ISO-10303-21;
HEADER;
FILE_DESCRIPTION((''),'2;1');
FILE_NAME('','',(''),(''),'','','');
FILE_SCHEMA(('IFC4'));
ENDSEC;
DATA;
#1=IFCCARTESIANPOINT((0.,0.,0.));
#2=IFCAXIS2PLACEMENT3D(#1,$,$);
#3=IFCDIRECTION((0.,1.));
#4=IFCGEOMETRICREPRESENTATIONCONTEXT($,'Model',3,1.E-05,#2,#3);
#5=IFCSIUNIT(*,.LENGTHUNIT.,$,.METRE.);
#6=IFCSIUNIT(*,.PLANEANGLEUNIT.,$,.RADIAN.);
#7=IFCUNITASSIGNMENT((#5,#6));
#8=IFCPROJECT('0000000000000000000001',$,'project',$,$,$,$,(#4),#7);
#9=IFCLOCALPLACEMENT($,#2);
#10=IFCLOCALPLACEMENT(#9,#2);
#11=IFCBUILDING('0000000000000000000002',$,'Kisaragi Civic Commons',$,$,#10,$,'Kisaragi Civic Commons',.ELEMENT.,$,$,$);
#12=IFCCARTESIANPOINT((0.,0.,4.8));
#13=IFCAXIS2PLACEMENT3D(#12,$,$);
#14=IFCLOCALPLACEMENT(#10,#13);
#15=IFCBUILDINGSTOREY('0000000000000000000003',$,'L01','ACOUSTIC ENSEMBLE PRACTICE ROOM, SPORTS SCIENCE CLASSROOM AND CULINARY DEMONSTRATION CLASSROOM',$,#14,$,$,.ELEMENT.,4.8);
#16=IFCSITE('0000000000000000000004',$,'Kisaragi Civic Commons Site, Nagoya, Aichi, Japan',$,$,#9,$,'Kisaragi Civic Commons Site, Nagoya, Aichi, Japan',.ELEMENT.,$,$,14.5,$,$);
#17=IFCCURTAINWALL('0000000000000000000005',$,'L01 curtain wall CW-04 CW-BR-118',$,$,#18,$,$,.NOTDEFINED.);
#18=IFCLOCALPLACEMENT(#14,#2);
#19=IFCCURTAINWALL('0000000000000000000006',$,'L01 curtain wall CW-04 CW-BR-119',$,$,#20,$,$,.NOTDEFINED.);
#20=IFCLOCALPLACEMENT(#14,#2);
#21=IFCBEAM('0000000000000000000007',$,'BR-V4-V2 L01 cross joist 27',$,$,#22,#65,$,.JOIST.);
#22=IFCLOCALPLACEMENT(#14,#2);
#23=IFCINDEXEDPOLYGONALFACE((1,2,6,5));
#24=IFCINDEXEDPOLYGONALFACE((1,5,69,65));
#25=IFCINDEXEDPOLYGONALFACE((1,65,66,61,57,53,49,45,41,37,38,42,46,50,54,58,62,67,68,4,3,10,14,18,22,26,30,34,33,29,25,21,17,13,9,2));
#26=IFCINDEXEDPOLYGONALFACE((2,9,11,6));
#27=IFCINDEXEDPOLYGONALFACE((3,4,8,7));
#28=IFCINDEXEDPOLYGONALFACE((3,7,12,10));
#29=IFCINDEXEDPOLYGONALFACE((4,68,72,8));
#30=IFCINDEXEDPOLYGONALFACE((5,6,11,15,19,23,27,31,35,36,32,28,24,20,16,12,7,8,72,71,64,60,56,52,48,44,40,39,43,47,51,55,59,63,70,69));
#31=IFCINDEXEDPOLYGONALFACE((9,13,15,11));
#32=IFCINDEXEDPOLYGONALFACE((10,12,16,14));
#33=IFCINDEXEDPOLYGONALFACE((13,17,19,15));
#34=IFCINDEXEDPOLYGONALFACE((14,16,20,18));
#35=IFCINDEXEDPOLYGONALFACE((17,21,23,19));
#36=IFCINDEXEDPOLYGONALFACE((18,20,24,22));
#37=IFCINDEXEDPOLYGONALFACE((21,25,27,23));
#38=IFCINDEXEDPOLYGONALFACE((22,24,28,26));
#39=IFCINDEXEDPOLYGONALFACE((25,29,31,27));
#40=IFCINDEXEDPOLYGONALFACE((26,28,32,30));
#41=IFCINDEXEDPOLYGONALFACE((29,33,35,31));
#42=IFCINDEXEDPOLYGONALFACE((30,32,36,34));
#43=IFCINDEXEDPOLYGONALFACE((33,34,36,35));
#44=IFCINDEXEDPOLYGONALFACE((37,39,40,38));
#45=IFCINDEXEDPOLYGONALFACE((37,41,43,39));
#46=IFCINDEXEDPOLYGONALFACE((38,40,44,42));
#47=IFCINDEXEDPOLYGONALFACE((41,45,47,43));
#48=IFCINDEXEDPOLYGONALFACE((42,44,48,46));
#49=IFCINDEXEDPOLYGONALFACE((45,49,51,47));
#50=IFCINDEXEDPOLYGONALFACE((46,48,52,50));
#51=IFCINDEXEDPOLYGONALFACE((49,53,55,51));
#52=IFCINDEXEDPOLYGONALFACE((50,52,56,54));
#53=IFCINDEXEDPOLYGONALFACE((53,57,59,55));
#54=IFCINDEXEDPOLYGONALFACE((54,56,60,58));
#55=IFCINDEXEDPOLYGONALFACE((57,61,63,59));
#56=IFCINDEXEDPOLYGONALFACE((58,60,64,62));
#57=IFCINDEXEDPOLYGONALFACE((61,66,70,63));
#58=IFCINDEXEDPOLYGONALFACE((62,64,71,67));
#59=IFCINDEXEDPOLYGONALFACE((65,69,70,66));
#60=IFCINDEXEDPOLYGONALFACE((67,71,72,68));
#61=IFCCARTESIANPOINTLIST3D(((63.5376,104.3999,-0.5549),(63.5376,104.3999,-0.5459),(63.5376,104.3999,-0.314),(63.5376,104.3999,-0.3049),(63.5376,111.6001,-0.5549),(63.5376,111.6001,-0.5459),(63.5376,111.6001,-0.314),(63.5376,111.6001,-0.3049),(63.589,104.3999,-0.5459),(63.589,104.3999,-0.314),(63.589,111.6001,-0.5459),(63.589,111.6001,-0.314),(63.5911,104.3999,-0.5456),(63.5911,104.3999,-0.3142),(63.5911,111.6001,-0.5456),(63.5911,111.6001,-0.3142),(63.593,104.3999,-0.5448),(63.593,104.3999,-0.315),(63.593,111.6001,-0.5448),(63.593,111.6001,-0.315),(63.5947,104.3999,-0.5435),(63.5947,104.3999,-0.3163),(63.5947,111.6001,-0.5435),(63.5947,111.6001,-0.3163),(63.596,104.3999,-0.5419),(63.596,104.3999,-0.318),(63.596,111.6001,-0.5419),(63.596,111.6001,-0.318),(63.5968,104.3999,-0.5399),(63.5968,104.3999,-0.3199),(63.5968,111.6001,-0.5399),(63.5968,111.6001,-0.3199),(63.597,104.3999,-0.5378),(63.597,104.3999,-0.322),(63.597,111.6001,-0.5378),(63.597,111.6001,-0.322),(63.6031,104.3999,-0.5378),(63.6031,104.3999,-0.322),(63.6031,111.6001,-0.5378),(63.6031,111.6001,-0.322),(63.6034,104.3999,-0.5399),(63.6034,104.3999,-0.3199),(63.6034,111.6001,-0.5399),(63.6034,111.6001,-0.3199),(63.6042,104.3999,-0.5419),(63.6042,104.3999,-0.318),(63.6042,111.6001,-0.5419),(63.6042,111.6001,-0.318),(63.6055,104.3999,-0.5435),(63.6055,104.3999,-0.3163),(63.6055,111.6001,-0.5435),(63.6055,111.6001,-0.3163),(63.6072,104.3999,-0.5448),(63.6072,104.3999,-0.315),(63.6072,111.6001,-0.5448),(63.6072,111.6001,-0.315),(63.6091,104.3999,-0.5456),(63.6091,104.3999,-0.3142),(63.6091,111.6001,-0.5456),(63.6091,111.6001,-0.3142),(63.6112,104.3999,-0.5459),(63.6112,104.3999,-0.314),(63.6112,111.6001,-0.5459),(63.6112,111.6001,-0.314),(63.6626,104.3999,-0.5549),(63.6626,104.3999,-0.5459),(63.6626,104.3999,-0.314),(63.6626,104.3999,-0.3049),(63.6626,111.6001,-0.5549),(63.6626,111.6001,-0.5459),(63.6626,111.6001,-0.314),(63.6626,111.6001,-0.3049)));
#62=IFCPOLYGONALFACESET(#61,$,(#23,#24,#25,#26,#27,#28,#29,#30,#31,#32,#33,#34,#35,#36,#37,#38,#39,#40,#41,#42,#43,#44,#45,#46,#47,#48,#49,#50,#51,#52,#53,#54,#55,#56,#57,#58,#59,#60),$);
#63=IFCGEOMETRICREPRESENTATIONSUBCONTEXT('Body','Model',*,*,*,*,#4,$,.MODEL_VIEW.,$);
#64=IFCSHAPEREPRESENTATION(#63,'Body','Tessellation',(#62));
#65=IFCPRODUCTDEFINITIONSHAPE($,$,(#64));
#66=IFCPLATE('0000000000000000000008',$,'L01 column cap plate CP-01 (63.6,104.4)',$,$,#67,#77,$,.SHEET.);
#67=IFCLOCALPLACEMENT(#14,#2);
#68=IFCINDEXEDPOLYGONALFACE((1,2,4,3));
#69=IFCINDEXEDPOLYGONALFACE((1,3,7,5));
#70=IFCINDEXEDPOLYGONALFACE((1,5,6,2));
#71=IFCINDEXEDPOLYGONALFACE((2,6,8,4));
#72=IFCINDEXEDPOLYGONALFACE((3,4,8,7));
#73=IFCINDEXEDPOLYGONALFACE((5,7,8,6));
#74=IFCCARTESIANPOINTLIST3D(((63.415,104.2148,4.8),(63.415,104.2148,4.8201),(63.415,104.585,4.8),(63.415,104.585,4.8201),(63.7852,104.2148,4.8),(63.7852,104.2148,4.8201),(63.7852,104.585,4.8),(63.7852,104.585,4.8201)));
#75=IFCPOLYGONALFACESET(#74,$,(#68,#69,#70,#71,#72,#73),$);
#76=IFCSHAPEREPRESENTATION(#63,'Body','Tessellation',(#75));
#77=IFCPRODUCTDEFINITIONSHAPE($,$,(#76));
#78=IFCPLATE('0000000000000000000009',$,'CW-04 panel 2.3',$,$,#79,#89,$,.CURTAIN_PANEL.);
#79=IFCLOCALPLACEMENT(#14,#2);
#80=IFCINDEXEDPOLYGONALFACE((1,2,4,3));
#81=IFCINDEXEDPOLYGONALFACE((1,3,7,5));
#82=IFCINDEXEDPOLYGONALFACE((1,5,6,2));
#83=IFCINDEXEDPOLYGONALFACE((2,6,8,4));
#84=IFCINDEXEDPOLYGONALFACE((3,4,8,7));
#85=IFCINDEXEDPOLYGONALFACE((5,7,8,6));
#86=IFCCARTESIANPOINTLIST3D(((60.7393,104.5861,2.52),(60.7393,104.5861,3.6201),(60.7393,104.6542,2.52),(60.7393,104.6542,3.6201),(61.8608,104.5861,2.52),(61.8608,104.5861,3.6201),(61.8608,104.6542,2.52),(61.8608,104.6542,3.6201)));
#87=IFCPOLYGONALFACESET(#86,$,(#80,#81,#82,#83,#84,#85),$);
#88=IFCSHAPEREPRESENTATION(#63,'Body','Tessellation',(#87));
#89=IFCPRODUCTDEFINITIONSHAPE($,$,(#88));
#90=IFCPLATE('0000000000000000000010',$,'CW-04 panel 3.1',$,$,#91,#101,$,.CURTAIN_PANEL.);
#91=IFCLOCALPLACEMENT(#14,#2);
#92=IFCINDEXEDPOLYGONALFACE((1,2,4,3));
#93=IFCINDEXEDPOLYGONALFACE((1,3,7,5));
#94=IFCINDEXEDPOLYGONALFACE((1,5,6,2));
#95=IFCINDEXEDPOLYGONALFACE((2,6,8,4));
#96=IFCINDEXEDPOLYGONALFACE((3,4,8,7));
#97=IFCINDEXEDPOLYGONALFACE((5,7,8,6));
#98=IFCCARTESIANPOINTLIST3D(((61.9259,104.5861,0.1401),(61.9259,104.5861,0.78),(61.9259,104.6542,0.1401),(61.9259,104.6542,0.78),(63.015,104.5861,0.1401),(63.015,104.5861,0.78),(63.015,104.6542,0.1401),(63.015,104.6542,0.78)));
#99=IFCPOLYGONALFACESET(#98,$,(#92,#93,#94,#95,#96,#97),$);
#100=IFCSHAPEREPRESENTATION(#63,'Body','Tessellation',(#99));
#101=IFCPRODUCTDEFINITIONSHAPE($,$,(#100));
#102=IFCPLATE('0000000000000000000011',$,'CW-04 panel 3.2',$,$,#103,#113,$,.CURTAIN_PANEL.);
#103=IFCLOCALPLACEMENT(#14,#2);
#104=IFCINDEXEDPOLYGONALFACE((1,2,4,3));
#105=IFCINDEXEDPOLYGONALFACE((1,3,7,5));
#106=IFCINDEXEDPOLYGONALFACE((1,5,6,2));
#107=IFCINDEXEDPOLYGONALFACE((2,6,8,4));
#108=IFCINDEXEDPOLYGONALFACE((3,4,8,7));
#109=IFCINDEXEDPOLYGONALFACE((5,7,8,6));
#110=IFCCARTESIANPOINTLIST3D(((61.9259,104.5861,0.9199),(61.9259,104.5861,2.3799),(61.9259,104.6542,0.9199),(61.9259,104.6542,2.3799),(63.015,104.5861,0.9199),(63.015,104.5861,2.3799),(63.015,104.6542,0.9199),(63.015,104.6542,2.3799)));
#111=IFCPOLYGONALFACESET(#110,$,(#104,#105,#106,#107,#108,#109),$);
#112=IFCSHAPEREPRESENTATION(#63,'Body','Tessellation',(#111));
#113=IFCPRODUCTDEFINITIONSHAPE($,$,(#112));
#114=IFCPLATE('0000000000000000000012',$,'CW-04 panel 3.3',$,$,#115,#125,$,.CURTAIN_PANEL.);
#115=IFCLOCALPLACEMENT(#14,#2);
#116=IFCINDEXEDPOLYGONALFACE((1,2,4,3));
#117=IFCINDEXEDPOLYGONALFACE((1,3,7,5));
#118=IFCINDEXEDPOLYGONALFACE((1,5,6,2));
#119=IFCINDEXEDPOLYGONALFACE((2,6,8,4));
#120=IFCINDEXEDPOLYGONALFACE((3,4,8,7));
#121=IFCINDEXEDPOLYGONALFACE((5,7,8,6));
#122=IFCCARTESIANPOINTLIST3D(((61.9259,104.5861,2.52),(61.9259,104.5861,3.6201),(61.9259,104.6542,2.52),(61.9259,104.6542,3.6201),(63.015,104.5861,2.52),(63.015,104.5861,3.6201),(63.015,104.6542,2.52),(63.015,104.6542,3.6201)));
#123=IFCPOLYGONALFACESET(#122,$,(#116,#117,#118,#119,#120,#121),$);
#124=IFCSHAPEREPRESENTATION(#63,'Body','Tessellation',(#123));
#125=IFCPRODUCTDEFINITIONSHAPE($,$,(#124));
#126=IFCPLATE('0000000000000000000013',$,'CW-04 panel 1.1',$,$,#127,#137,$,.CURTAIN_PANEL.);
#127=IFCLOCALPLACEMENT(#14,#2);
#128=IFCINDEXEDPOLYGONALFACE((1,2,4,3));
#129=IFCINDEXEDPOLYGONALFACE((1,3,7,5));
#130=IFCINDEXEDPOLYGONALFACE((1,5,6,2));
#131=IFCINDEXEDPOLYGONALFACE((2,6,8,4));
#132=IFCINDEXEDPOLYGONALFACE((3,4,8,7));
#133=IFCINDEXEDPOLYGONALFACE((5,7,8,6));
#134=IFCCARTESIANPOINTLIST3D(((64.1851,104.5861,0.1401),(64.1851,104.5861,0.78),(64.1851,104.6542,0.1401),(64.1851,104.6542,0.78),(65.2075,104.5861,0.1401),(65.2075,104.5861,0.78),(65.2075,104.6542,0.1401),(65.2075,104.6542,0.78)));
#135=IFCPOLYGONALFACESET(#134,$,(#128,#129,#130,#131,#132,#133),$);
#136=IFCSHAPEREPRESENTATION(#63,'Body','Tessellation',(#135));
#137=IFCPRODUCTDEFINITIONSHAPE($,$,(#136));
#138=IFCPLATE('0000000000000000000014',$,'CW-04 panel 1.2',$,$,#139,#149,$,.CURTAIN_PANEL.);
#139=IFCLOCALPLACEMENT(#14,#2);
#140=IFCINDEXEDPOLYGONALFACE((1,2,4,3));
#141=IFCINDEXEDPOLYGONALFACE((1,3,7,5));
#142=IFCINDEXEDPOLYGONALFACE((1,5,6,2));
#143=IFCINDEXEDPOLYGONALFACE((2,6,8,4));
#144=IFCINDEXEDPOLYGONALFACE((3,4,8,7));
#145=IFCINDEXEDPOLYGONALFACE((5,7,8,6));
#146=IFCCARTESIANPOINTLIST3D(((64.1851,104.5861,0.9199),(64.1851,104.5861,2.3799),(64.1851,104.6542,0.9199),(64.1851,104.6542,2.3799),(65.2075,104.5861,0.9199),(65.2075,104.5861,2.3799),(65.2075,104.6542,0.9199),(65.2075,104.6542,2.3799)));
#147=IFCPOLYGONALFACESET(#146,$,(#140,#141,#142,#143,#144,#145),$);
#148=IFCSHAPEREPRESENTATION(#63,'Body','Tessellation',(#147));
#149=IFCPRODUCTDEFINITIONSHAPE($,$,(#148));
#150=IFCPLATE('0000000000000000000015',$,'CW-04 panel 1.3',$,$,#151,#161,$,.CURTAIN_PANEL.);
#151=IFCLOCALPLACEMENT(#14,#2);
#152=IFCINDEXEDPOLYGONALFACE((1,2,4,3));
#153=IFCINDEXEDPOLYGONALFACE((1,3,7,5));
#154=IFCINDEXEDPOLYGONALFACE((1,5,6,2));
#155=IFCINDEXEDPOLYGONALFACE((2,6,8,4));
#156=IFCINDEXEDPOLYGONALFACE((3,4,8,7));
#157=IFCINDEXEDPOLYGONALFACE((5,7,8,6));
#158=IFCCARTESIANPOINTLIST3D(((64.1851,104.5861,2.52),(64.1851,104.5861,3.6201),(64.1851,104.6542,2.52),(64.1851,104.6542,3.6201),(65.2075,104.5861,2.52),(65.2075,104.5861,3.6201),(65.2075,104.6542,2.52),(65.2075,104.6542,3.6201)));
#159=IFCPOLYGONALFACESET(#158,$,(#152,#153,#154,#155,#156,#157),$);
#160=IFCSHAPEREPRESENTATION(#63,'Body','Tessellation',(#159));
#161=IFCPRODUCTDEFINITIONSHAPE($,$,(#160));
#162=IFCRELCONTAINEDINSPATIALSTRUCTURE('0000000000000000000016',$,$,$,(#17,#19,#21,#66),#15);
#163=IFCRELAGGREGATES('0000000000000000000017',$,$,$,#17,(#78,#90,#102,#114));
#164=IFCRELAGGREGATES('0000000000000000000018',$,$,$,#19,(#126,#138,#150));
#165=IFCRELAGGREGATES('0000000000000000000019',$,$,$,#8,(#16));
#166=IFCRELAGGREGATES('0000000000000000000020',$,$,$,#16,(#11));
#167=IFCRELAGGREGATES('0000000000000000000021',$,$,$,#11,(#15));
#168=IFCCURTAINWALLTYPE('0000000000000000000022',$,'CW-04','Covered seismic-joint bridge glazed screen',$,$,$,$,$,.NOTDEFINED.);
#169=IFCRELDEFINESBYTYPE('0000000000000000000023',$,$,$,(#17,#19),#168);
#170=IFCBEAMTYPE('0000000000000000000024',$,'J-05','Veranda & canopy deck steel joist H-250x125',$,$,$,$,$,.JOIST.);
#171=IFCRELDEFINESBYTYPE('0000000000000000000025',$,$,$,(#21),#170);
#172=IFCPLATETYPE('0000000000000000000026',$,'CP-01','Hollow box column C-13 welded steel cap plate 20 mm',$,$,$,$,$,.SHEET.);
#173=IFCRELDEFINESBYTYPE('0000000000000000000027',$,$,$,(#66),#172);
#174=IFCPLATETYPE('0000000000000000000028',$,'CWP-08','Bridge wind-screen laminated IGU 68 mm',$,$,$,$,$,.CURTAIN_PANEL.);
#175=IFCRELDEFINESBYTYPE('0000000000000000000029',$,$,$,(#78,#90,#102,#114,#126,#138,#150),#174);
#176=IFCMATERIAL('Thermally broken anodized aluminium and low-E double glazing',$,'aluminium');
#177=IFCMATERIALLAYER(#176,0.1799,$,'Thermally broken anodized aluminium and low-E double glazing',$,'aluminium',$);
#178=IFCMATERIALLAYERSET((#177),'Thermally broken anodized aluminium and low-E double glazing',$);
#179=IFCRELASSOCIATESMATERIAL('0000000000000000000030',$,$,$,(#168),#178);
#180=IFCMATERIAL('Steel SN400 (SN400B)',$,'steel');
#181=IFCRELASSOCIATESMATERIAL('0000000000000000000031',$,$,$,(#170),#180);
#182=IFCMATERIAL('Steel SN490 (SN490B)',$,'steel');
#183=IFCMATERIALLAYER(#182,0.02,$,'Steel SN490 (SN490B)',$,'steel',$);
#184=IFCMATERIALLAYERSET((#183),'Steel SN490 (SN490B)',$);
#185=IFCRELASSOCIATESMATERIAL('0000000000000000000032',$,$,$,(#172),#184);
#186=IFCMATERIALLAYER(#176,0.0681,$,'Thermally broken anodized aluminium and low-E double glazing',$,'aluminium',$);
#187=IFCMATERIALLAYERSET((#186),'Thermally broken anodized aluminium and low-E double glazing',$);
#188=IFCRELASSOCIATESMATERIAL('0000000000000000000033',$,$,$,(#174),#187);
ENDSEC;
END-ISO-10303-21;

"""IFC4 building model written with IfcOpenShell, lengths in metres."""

from ifc_helpers import new_model, si_unit, direction, frame, origin, origin_2d, place, context, subcontext, project, spatial, rectangle, i_section, extrude, material, layer, layer_set, material_profile, profile_set, type_object, element, aggregate, save


model = new_model("IFC4")

# Units and contexts
model_context = context("Model", 3, precision=1e-05, world=origin(), true_north=direction((0.0, 1.0)))
body_context = subcontext(model_context, "Body", "Model", "MODEL_VIEW")
ifc_project = project(units=[si_unit("LENGTHUNIT", "METRE"), si_unit("PLANEANGLEUNIT", "RADIAN")], contexts=[model_context])

# Site, building, storey
site_placement = place(None, origin())
site = spatial("IfcSite", under=ifc_project, at=site_placement, Name="Kisaragi Civic Commons Site, Nagoya, Aichi, Japan", LongName="Kisaragi Civic Commons Site, Nagoya, Aichi, Japan", CompositionType="ELEMENT", RefElevation=14.5)
building_placement = place(site_placement, origin())
building = spatial("IfcBuilding", under=site, at=building_placement, Name="Kisaragi Civic Commons", LongName="Kisaragi Civic Commons", CompositionType="ELEMENT")
storey_placement = place(building_placement, frame((0.0, 0.0, 4.8)))
storey = spatial("IfcBuildingStorey", under=building, at=storey_placement, Name="L01", Description="ACOUSTIC ENSEMBLE PRACTICE ROOM, SPORTS SCIENCE CLASSROOM AND CULINARY DEMONSTRATION CLASSROOM", CompositionType="ELEMENT", Elevation=4.8)

# Curtain wall
ifc_material_1 = material(Name="Thermally broken anodized aluminium and low-E double glazing", Category="aluminium")
ifc_layer_1 = layer(ifc_material_1, 0.1799, Name="Thermally broken anodized aluminium and low-E double glazing", Category="aluminium")
ifc_layer_set_1 = layer_set([ifc_layer_1], Name="Thermally broken anodized aluminium and low-E double glazing")
curtain_wall_type = type_object("IfcCurtainWallType", Name="CW-04", Description="Covered seismic-joint bridge glazed screen", PredefinedType="NOTDEFINED", material=ifc_layer_set_1)
curtain_wall_1_placement = place(storey_placement, origin())
curtain_wall_1 = element("IfcCurtainWall", 1, at=curtain_wall_1_placement, inside=storey, type_object=curtain_wall_type, Name="L01 curtain wall CW-04 CW-BR-118", PredefinedType="NOTDEFINED")

# Curtain wall
curtain_wall_2_placement = place(storey_placement, origin())
curtain_wall_2 = element("IfcCurtainWall", 2, at=curtain_wall_2_placement, inside=storey, type_object=curtain_wall_type, Name="L01 curtain wall CW-04 CW-BR-119", PredefinedType="NOTDEFINED")

# Beam
ifc_material_2 = material(Name="Steel SN490 (SN490B)", Category="steel")
ifc_material_3 = material(Name="Steel SN400 (SN400B)", Category="steel")
ifc_material_profile_1 = material_profile(ifc_material_3, i_section(OverallWidth=0.125, OverallDepth=0.25, WebThickness=0.0061, FlangeThickness=0.009, FilletRadius=0.0081, at=origin_2d()), Name="H-250x125x6x9", Category="steel")
ifc_profile_set_1 = profile_set([ifc_material_profile_1], Name="Steel SN400 (SN400B)")
beam_type_1 = type_object("IfcBeamType", Name="J-05", Description="Veranda & canopy deck steel joist H-250x125", PredefinedType="JOIST", material=ifc_profile_set_1)
beam_1_placement = place(storey_placement, frame((63.6001, 104.3999, -0.4299), z_axis=(0.0, 1.0, 0.0), x_axis=(-1.0, 0.0, 0.0)))
element("IfcBeam", 3, at=beam_1_placement, inside=storey, type_object=beam_type_1, Name="BR-V4-V2 L01 cross joist 27", PredefinedType="JOIST", context=body_context, shape_type="SweptSolid", body=[
    extrude(i_section(OverallWidth=0.125, OverallDepth=0.25, WebThickness=0.0061, FlangeThickness=0.009, FilletRadius=0.0081, at=origin_2d()), origin(), (0.0, 0.0, 1.0), 7.2002),
])

# Plates
ifc_layer_2 = layer(ifc_material_2, 0.02, Name="Steel SN490 (SN490B)", Category="steel")
ifc_layer_set_2 = layer_set([ifc_layer_2], Name="Steel SN490 (SN490B)")
plate_type_1 = type_object("IfcPlateType", Name="CP-01", Description="Hollow box column C-13 welded steel cap plate 20 mm", PredefinedType="SHEET", material=ifc_layer_set_2)
plate_1_placement = place(storey_placement, frame((63.6001, 104.3999, 4.8), z_axis=(0.0, 0.0, 1.0), x_axis=(1.0, 0.0, 0.0)))
element("IfcPlate", 4, at=plate_1_placement, inside=storey, type_object=plate_type_1, Name="L01 column cap plate CP-01 (63.6,104.4)", PredefinedType="SHEET", context=body_context, shape_type="SweptSolid", body=[
    extrude(rectangle(XDim=0.3701, YDim=0.3701, at=origin_2d()), origin(), (0.0, 0.0, 1.0), 0.02),
])
ifc_layer_3 = layer(ifc_material_1, 0.0681, Name="Thermally broken anodized aluminium and low-E double glazing", Category="aluminium")
ifc_layer_set_3 = layer_set([ifc_layer_3], Name="Thermally broken anodized aluminium and low-E double glazing")
plate_type_2 = type_object("IfcPlateType", Name="CWP-08", Description="Bridge wind-screen laminated IGU 68 mm", PredefinedType="CURTAIN_PANEL", material=ifc_layer_set_3)
plate_2_placement = place(storey_placement, frame((61.3, 104.6201, 2.52), z_axis=(0.0, 0.0, 1.0), x_axis=(1.0, 0.0, 0.0)))
plate_2 = element("IfcPlate", 5, at=plate_2_placement, type_object=plate_type_2, Name="CW-04 panel 2.3", PredefinedType="CURTAIN_PANEL", context=body_context, shape_type="SweptSolid", body=[
    extrude(rectangle(XDim=1.1216, YDim=0.0681, at=origin_2d()), origin(), (0.0, 0.0, 1.0), 1.1001),
])
plate_3_placement = place(storey_placement, frame((62.4705, 104.6201, 0.1401), z_axis=(0.0, 0.0, 1.0), x_axis=(1.0, 0.0, 0.0)))
plate_3 = element("IfcPlate", 6, at=plate_3_placement, type_object=plate_type_2, Name="CW-04 panel 3.1", PredefinedType="CURTAIN_PANEL", context=body_context, shape_type="SweptSolid", body=[
    extrude(rectangle(XDim=1.0891, YDim=0.0681, at=origin_2d()), origin(), (0.0, 0.0, 1.0), 0.6399),
])
plate_4_placement = place(storey_placement, frame((62.4705, 104.6201, 0.9199), z_axis=(0.0, 0.0, 1.0), x_axis=(1.0, 0.0, 0.0)))
plate_4 = element("IfcPlate", 7, at=plate_4_placement, type_object=plate_type_2, Name="CW-04 panel 3.2", PredefinedType="CURTAIN_PANEL", context=body_context, shape_type="SweptSolid", body=[
    extrude(rectangle(XDim=1.0891, YDim=0.0681, at=origin_2d()), origin(), (0.0, 0.0, 1.0), 1.46),
])
plate_5_placement = place(storey_placement, frame((62.4705, 104.6201, 2.52), z_axis=(0.0, 0.0, 1.0), x_axis=(1.0, 0.0, 0.0)))
plate_5 = element("IfcPlate", 8, at=plate_5_placement, type_object=plate_type_2, Name="CW-04 panel 3.3", PredefinedType="CURTAIN_PANEL", context=body_context, shape_type="SweptSolid", body=[
    extrude(rectangle(XDim=1.0891, YDim=0.0681, at=origin_2d()), origin(), (0.0, 0.0, 1.0), 1.1001),
])
aggregate(curtain_wall_1, [plate_2, plate_3, plate_4, plate_5])
plate_6_placement = place(storey_placement, frame((64.6963, 104.6201, 0.1401), z_axis=(0.0, 0.0, 1.0), x_axis=(1.0, 0.0, 0.0)))
plate_6 = element("IfcPlate", 9, at=plate_6_placement, type_object=plate_type_2, Name="CW-04 panel 1.1", PredefinedType="CURTAIN_PANEL", context=body_context, shape_type="SweptSolid", body=[
    extrude(rectangle(XDim=1.0225, YDim=0.0681, at=origin_2d()), origin(), (0.0, 0.0, 1.0), 0.6399),
])
plate_7_placement = place(storey_placement, frame((64.6963, 104.6201, 0.9199), z_axis=(0.0, 0.0, 1.0), x_axis=(1.0, 0.0, 0.0)))
plate_7 = element("IfcPlate", 10, at=plate_7_placement, type_object=plate_type_2, Name="CW-04 panel 1.2", PredefinedType="CURTAIN_PANEL", context=body_context, shape_type="SweptSolid", body=[
    extrude(rectangle(XDim=1.0225, YDim=0.0681, at=origin_2d()), origin(), (0.0, 0.0, 1.0), 1.46),
])
plate_8_placement = place(storey_placement, frame((64.6963, 104.6201, 2.52), z_axis=(0.0, 0.0, 1.0), x_axis=(1.0, 0.0, 0.0)))
plate_8 = element("IfcPlate", 11, at=plate_8_placement, type_object=plate_type_2, Name="CW-04 panel 1.3", PredefinedType="CURTAIN_PANEL", context=body_context, shape_type="SweptSolid", body=[
    extrude(rectangle(XDim=1.0225, YDim=0.0681, at=origin_2d()), origin(), (0.0, 0.0, 1.0), 1.1001),
])
aggregate(curtain_wall_2, [plate_6, plate_7, plate_8])

save(model, "model.ifc")
